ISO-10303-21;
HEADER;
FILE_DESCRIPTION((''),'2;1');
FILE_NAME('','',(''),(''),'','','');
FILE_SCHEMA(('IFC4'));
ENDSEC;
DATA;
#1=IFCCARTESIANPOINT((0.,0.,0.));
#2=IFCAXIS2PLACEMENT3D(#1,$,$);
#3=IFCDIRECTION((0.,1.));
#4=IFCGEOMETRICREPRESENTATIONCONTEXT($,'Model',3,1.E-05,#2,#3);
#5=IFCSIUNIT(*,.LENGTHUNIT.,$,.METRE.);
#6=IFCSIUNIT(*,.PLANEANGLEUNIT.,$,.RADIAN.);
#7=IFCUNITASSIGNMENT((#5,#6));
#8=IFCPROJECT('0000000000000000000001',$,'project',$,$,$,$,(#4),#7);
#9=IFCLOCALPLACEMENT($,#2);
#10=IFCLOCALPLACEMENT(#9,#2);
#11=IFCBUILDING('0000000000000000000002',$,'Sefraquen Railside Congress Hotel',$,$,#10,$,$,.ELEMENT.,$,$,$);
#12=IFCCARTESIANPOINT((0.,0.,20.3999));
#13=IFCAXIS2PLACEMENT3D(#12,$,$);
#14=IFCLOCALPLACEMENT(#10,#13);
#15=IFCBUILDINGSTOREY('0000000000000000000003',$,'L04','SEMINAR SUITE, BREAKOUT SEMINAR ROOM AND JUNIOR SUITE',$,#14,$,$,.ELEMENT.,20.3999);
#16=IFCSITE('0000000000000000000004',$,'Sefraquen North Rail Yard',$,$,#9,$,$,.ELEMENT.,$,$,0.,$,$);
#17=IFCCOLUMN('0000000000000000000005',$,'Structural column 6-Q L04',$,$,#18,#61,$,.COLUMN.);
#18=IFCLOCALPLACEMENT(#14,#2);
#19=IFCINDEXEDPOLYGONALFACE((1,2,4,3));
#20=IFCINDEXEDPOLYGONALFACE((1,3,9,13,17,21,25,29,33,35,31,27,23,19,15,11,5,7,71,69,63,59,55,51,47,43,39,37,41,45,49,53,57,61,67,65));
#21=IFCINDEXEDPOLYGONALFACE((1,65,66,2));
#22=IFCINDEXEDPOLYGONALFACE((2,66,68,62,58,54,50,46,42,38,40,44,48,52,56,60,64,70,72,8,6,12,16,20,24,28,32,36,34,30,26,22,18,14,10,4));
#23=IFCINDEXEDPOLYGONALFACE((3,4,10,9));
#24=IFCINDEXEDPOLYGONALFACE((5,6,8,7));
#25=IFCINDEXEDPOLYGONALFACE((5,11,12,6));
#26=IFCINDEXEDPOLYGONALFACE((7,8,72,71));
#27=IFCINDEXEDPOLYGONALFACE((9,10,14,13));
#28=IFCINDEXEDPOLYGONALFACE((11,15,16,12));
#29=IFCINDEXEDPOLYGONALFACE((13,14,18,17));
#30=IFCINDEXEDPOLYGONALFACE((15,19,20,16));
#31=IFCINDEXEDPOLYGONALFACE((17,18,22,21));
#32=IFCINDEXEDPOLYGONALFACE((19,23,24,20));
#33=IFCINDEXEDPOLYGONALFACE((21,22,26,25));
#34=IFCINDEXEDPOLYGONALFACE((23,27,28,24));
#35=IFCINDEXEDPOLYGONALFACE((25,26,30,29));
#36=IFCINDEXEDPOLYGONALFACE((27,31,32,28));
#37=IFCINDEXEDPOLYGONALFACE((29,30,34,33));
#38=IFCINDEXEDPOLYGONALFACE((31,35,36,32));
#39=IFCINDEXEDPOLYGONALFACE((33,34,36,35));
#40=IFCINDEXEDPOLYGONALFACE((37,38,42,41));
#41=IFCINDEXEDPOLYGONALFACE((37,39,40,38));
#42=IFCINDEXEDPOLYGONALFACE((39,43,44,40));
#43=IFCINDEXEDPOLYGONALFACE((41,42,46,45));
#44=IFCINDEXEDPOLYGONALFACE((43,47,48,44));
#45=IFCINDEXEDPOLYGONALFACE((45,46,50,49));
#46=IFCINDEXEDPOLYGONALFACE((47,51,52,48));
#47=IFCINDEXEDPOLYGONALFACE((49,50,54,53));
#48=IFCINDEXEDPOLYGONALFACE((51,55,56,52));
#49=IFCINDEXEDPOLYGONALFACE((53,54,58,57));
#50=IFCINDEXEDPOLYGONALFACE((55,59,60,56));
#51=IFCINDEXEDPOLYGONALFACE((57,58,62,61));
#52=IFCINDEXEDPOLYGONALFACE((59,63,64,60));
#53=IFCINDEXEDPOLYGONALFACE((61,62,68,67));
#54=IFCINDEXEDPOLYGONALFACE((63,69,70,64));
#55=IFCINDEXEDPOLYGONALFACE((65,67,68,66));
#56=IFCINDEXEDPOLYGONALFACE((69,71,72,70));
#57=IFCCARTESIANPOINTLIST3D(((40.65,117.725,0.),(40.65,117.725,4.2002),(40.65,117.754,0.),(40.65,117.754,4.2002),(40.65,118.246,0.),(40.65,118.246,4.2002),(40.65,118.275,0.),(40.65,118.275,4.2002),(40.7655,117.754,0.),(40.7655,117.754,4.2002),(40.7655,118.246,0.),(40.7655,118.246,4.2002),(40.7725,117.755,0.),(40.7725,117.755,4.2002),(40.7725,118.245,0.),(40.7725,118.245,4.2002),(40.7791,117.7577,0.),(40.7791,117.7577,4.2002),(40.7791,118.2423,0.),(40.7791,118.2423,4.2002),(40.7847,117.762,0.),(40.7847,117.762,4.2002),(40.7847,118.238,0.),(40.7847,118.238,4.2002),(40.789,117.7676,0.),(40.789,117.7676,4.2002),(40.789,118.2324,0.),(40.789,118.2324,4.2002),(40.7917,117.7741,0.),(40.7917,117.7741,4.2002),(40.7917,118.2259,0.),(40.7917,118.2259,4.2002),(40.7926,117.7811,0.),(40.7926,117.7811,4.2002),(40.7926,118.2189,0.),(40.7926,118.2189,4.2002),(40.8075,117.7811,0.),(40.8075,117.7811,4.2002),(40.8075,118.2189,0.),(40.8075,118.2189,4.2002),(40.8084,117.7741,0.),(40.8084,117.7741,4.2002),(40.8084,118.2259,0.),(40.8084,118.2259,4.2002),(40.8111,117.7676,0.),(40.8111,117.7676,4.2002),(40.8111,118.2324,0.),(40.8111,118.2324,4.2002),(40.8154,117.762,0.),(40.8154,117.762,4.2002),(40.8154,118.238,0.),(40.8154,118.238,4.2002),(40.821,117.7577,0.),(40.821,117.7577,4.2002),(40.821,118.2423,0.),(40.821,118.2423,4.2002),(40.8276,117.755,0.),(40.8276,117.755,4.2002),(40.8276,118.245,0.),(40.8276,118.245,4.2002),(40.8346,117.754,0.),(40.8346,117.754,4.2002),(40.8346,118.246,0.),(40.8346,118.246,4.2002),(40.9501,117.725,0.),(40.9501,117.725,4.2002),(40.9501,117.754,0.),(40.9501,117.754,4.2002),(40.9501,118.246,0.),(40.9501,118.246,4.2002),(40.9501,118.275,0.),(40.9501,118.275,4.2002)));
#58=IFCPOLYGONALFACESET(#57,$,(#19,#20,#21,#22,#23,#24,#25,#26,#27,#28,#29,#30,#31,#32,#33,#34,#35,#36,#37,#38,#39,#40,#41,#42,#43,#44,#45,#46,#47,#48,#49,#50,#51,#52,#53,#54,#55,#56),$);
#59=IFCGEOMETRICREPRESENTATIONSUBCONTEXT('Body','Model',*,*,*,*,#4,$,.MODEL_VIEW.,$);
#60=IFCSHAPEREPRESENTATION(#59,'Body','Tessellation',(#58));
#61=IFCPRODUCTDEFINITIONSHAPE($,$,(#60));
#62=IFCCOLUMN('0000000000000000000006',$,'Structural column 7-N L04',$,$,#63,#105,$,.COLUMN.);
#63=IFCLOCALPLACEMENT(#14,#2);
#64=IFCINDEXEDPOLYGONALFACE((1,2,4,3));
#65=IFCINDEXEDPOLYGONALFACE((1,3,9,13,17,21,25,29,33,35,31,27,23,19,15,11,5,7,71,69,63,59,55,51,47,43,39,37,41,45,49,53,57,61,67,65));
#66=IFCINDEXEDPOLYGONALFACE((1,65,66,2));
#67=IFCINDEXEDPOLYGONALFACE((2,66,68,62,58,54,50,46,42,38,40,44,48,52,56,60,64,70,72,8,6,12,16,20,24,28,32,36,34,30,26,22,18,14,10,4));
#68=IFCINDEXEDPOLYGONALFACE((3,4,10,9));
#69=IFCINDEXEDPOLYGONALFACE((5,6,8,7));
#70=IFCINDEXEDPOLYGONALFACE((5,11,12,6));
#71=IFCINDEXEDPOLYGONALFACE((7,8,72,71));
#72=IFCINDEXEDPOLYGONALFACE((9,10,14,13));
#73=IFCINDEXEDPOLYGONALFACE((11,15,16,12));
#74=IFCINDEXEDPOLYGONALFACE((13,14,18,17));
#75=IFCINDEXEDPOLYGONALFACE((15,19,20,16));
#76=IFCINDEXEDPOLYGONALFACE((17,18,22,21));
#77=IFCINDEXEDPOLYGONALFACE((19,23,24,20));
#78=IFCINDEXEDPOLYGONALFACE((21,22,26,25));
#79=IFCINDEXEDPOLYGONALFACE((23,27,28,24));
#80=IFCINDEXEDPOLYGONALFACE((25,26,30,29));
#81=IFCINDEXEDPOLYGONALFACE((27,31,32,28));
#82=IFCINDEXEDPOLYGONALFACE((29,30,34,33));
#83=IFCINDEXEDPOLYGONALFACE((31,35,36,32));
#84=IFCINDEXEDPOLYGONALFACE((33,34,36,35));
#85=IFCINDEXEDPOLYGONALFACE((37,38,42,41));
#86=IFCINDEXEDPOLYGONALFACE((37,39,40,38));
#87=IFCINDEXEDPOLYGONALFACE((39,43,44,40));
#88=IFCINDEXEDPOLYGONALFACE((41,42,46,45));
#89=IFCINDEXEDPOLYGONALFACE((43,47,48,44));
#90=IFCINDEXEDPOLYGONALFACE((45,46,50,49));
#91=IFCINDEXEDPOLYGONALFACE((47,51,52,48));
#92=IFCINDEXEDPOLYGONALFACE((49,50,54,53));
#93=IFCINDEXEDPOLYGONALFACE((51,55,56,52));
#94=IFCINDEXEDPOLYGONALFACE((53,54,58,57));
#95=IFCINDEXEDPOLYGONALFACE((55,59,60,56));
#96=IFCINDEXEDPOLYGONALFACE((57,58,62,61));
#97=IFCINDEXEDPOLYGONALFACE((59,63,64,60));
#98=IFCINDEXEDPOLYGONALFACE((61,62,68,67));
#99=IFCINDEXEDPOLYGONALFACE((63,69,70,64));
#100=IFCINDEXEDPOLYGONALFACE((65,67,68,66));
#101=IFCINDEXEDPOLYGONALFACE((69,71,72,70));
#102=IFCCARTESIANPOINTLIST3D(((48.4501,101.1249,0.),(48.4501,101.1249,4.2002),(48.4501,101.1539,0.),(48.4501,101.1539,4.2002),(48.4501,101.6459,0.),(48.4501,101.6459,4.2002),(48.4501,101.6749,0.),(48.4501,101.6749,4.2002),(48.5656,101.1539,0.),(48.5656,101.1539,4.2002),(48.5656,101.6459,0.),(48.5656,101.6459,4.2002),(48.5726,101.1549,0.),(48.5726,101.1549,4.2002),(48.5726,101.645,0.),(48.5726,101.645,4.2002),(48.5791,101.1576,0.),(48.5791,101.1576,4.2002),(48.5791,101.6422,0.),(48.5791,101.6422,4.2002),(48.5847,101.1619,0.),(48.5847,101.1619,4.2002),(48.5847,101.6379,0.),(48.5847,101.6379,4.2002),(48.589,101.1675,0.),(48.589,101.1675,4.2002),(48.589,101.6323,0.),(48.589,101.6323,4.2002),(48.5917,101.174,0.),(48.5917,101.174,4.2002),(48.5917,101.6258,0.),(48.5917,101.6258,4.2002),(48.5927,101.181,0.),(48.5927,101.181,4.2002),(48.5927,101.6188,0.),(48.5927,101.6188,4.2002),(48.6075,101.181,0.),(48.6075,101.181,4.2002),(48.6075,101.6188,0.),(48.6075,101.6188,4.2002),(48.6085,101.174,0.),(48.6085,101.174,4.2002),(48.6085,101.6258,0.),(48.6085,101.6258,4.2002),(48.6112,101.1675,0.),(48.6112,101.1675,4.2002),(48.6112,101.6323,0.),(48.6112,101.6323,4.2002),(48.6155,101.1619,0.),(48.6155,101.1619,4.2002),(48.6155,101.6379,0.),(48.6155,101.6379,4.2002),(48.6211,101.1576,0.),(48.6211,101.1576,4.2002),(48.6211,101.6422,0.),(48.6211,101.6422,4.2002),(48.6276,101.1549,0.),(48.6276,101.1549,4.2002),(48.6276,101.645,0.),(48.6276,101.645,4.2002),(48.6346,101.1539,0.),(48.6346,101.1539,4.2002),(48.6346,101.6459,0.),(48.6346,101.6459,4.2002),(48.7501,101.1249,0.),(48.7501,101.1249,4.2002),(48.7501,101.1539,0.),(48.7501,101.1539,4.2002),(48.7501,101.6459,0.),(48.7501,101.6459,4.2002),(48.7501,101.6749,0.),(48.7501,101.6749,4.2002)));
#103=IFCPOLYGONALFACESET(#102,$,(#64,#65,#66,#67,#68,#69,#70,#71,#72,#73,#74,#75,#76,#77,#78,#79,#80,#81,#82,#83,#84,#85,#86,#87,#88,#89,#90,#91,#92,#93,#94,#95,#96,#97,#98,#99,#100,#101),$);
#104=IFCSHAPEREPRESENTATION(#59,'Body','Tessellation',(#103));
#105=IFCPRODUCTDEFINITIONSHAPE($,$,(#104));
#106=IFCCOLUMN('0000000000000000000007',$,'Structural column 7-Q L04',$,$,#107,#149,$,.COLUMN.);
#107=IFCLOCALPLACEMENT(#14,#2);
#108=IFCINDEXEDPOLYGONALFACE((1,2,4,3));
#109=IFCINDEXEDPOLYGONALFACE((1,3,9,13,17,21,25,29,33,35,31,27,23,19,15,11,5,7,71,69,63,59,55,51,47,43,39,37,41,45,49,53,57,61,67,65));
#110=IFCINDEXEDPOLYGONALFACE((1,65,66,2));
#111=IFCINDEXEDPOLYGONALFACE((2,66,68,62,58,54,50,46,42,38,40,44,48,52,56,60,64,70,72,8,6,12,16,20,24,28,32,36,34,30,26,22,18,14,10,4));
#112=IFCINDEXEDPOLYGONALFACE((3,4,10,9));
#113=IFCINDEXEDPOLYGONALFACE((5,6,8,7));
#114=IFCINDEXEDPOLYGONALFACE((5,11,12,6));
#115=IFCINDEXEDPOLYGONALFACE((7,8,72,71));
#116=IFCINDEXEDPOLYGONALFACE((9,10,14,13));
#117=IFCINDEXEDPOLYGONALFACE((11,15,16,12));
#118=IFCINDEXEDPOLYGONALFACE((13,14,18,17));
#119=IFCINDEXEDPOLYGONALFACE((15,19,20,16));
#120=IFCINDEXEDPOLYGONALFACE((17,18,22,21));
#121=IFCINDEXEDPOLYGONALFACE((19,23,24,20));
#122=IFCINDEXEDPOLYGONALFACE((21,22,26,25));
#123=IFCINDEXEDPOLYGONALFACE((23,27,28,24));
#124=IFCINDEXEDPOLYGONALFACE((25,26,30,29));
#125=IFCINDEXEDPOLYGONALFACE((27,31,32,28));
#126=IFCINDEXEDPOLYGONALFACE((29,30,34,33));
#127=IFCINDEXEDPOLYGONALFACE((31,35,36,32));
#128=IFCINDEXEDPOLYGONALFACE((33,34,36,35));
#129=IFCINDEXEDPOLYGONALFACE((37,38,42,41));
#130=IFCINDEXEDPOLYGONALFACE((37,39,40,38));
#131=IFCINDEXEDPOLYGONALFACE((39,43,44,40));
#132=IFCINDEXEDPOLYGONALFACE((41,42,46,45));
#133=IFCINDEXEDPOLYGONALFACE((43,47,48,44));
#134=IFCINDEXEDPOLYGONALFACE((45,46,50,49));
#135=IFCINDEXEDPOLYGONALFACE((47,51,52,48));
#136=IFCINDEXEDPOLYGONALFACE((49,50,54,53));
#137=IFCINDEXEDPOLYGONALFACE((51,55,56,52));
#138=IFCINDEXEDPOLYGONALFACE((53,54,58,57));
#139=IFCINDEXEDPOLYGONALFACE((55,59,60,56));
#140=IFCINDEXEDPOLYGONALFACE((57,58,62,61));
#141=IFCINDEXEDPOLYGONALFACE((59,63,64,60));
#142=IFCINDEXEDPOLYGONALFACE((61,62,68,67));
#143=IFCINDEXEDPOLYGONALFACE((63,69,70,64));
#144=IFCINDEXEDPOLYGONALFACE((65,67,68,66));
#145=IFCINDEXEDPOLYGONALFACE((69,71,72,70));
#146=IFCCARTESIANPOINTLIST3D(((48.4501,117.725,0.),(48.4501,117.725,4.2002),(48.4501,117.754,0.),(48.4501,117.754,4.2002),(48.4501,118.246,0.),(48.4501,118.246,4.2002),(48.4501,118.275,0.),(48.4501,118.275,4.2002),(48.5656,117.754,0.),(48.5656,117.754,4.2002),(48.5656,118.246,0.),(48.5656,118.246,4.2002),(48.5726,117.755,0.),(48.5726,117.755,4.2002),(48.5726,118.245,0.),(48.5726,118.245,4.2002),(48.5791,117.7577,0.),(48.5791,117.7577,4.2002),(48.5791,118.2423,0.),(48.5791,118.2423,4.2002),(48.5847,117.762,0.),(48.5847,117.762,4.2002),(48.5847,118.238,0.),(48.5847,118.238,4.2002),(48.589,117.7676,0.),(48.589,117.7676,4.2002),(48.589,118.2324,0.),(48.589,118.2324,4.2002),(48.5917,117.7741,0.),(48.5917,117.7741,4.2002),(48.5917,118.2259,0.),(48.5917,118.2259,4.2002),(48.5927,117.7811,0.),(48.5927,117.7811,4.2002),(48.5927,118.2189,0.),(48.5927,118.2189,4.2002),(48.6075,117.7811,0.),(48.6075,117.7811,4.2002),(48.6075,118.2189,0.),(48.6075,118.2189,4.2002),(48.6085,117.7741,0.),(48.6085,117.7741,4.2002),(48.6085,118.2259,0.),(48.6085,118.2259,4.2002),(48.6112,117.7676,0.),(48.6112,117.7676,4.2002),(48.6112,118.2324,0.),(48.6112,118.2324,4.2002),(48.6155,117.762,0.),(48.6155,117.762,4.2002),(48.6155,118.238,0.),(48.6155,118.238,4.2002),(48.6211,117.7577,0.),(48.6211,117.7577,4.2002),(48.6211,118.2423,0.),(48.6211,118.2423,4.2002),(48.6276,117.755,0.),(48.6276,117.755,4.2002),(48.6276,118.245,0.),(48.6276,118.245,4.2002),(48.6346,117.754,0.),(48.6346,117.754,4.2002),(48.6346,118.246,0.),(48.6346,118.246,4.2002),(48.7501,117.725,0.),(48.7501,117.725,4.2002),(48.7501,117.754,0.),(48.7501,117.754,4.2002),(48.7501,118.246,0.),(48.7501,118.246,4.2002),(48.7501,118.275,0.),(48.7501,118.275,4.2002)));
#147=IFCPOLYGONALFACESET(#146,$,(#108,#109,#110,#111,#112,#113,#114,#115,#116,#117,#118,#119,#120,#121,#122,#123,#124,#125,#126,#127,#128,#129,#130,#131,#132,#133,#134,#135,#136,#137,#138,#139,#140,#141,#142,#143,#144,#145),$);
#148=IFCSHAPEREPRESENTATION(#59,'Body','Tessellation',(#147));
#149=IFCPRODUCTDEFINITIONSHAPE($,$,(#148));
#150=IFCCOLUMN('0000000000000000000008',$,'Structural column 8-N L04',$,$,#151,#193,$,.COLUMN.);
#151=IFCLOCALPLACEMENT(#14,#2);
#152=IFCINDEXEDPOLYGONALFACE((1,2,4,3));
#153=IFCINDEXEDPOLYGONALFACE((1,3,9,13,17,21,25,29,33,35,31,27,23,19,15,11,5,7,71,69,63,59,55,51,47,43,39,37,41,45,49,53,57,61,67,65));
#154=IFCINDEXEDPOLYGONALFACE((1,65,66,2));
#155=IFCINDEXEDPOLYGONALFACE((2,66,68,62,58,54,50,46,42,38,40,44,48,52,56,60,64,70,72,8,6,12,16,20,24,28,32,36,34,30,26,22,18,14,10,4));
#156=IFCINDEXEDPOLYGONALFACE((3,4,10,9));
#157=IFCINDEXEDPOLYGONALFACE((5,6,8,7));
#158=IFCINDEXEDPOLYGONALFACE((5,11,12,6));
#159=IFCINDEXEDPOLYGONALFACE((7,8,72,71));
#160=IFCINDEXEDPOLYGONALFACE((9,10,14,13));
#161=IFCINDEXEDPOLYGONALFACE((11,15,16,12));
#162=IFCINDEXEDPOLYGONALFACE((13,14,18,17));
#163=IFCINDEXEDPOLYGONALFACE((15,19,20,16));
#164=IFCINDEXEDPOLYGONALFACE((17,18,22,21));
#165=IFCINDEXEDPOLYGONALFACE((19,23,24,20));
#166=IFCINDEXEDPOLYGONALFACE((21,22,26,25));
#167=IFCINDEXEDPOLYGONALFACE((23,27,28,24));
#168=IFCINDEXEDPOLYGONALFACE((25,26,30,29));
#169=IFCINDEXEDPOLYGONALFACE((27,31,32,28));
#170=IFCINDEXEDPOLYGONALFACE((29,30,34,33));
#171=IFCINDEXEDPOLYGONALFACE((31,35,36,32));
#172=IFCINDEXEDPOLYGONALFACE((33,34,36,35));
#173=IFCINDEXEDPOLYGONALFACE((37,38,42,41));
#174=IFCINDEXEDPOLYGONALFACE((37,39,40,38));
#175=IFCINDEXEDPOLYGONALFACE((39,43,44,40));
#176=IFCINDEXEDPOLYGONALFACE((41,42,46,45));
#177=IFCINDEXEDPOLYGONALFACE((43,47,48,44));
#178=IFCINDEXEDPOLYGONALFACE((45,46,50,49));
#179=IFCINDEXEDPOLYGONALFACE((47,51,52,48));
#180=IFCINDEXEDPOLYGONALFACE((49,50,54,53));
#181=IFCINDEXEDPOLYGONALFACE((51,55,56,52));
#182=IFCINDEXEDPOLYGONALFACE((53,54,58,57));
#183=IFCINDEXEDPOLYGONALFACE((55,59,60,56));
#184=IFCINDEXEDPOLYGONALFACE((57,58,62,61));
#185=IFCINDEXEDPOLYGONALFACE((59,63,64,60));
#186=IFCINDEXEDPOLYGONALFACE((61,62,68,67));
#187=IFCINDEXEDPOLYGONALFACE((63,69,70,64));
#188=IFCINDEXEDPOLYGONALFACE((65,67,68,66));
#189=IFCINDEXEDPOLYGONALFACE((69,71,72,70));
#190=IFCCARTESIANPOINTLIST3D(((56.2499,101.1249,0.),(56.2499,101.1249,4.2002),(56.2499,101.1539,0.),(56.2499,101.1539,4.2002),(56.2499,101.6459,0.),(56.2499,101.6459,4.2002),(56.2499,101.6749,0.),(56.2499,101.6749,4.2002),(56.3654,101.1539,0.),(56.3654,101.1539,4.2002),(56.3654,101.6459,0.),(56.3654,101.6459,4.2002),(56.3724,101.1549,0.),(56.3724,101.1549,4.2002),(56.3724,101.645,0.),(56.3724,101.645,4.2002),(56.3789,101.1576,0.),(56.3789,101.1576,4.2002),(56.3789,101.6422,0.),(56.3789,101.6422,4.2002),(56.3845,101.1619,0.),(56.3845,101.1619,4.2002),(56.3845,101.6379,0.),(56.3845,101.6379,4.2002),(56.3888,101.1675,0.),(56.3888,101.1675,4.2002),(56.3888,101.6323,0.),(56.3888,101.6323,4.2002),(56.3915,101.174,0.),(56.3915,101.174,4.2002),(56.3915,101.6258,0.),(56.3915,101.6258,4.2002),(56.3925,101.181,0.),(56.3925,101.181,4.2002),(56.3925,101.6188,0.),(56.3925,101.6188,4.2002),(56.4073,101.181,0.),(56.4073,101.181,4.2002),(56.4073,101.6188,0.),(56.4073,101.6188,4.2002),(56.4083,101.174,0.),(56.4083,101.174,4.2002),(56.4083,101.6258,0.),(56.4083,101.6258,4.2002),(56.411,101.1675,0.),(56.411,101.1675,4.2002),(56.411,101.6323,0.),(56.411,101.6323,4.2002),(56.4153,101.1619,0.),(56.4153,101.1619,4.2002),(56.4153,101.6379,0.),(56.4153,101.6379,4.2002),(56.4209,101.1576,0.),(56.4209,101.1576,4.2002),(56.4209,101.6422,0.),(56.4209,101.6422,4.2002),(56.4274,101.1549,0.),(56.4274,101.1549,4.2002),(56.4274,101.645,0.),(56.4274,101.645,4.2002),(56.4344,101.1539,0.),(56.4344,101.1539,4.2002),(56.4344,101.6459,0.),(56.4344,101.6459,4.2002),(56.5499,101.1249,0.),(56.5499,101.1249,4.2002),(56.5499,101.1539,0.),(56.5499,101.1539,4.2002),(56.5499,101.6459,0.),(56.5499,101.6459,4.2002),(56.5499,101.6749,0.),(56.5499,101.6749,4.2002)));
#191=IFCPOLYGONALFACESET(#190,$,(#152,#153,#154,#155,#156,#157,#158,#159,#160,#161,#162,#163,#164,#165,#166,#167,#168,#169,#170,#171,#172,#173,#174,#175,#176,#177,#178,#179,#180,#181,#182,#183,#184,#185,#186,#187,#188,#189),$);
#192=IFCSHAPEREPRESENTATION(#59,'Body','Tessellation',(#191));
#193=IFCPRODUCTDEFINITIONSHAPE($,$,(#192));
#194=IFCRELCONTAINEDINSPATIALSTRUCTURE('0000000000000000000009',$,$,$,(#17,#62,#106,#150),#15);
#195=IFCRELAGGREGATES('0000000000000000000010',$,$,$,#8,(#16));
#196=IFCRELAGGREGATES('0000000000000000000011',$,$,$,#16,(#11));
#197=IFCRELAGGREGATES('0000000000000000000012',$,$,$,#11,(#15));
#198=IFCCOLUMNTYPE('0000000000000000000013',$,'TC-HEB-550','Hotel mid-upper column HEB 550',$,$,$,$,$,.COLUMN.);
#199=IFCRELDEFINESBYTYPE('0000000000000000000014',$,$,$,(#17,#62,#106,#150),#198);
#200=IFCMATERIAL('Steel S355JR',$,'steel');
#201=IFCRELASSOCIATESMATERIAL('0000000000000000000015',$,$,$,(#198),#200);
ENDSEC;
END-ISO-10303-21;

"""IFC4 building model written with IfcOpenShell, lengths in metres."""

from ifc_helpers import new_model, si_unit, direction, frame, origin, origin_2d, place, context, subcontext, project, spatial, i_section, extrude, material, material_profile, profile_set, type_object, element, save


model = new_model("IFC4")

# Units and contexts
model_context = context("Model", 3, precision=1e-05, world=origin(), true_north=direction((0.0, 1.0)))
body_context = subcontext(model_context, "Body", "Model", "MODEL_VIEW")
ifc_project = project(units=[si_unit("LENGTHUNIT", "METRE"), si_unit("PLANEANGLEUNIT", "RADIAN")], contexts=[model_context])

# Site, building, storey
site_placement = place(None, origin())
site = spatial("IfcSite", under=ifc_project, at=site_placement, Name="Sefraquen North Rail Yard", CompositionType="ELEMENT", RefElevation=0.0)
building_placement = place(site_placement, origin())
building = spatial("IfcBuilding", under=site, at=building_placement, Name="Sefraquen Railside Congress Hotel", CompositionType="ELEMENT")
storey_placement = place(building_placement, frame((0.0, 0.0, 20.3999)))
storey = spatial("IfcBuildingStorey", under=building, at=storey_placement, Name="L04", Description="SEMINAR SUITE, BREAKOUT SEMINAR ROOM AND JUNIOR SUITE", CompositionType="ELEMENT", Elevation=20.3999)

# Columns
ifc_material_1 = material(Name="Steel S355JR", Category="steel")
ifc_material_profile_1 = material_profile(ifc_material_1, i_section(OverallWidth=0.3, OverallDepth=0.55, WebThickness=0.0149, FlangeThickness=0.0291, FilletRadius=0.0271, at=origin_2d()), Name="HEB 550")
ifc_profile_set_1 = profile_set([ifc_material_profile_1], Name="Steel S355JR")
column_type_1 = type_object("IfcColumnType", Name="TC-HEB-550", Description="Hotel mid-upper column HEB 550", PredefinedType="COLUMN", material=ifc_profile_set_1)
for number, where, z_axis, x_axis, name in (
    (1, (40.8, 118.0, 0.0), (0.0, 0.0, 1.0), (1.0, 0.0, 0.0), "Structural column 6-Q L04"),
    (2, (48.6001, 101.3999, 0.0), (0.0, 0.0, 1.0), (1.0, 0.0, 0.0), "Structural column 7-N L04"),
    (3, (48.6001, 118.0, 0.0), (0.0, 0.0, 1.0), (1.0, 0.0, 0.0), "Structural column 7-Q L04"),
    (4, (56.3999, 101.3999, 0.0), (0.0, 0.0, 1.0), (1.0, 0.0, 0.0), "Structural column 8-N L04"),
):
    element("IfcColumn", number, at=place(storey_placement, frame(where, z_axis=z_axis, x_axis=x_axis)), inside=storey, type_object=column_type_1, Name=name, PredefinedType="COLUMN", context=body_context, shape_type="SweptSolid", body=[
        extrude(i_section(OverallWidth=0.3, OverallDepth=0.55, WebThickness=0.0149, FlangeThickness=0.0291, FilletRadius=0.0271, at=origin_2d()), origin(), (0.0, 0.0, 1.0), 4.2002),
    ])

save(model, "model.ifc")
